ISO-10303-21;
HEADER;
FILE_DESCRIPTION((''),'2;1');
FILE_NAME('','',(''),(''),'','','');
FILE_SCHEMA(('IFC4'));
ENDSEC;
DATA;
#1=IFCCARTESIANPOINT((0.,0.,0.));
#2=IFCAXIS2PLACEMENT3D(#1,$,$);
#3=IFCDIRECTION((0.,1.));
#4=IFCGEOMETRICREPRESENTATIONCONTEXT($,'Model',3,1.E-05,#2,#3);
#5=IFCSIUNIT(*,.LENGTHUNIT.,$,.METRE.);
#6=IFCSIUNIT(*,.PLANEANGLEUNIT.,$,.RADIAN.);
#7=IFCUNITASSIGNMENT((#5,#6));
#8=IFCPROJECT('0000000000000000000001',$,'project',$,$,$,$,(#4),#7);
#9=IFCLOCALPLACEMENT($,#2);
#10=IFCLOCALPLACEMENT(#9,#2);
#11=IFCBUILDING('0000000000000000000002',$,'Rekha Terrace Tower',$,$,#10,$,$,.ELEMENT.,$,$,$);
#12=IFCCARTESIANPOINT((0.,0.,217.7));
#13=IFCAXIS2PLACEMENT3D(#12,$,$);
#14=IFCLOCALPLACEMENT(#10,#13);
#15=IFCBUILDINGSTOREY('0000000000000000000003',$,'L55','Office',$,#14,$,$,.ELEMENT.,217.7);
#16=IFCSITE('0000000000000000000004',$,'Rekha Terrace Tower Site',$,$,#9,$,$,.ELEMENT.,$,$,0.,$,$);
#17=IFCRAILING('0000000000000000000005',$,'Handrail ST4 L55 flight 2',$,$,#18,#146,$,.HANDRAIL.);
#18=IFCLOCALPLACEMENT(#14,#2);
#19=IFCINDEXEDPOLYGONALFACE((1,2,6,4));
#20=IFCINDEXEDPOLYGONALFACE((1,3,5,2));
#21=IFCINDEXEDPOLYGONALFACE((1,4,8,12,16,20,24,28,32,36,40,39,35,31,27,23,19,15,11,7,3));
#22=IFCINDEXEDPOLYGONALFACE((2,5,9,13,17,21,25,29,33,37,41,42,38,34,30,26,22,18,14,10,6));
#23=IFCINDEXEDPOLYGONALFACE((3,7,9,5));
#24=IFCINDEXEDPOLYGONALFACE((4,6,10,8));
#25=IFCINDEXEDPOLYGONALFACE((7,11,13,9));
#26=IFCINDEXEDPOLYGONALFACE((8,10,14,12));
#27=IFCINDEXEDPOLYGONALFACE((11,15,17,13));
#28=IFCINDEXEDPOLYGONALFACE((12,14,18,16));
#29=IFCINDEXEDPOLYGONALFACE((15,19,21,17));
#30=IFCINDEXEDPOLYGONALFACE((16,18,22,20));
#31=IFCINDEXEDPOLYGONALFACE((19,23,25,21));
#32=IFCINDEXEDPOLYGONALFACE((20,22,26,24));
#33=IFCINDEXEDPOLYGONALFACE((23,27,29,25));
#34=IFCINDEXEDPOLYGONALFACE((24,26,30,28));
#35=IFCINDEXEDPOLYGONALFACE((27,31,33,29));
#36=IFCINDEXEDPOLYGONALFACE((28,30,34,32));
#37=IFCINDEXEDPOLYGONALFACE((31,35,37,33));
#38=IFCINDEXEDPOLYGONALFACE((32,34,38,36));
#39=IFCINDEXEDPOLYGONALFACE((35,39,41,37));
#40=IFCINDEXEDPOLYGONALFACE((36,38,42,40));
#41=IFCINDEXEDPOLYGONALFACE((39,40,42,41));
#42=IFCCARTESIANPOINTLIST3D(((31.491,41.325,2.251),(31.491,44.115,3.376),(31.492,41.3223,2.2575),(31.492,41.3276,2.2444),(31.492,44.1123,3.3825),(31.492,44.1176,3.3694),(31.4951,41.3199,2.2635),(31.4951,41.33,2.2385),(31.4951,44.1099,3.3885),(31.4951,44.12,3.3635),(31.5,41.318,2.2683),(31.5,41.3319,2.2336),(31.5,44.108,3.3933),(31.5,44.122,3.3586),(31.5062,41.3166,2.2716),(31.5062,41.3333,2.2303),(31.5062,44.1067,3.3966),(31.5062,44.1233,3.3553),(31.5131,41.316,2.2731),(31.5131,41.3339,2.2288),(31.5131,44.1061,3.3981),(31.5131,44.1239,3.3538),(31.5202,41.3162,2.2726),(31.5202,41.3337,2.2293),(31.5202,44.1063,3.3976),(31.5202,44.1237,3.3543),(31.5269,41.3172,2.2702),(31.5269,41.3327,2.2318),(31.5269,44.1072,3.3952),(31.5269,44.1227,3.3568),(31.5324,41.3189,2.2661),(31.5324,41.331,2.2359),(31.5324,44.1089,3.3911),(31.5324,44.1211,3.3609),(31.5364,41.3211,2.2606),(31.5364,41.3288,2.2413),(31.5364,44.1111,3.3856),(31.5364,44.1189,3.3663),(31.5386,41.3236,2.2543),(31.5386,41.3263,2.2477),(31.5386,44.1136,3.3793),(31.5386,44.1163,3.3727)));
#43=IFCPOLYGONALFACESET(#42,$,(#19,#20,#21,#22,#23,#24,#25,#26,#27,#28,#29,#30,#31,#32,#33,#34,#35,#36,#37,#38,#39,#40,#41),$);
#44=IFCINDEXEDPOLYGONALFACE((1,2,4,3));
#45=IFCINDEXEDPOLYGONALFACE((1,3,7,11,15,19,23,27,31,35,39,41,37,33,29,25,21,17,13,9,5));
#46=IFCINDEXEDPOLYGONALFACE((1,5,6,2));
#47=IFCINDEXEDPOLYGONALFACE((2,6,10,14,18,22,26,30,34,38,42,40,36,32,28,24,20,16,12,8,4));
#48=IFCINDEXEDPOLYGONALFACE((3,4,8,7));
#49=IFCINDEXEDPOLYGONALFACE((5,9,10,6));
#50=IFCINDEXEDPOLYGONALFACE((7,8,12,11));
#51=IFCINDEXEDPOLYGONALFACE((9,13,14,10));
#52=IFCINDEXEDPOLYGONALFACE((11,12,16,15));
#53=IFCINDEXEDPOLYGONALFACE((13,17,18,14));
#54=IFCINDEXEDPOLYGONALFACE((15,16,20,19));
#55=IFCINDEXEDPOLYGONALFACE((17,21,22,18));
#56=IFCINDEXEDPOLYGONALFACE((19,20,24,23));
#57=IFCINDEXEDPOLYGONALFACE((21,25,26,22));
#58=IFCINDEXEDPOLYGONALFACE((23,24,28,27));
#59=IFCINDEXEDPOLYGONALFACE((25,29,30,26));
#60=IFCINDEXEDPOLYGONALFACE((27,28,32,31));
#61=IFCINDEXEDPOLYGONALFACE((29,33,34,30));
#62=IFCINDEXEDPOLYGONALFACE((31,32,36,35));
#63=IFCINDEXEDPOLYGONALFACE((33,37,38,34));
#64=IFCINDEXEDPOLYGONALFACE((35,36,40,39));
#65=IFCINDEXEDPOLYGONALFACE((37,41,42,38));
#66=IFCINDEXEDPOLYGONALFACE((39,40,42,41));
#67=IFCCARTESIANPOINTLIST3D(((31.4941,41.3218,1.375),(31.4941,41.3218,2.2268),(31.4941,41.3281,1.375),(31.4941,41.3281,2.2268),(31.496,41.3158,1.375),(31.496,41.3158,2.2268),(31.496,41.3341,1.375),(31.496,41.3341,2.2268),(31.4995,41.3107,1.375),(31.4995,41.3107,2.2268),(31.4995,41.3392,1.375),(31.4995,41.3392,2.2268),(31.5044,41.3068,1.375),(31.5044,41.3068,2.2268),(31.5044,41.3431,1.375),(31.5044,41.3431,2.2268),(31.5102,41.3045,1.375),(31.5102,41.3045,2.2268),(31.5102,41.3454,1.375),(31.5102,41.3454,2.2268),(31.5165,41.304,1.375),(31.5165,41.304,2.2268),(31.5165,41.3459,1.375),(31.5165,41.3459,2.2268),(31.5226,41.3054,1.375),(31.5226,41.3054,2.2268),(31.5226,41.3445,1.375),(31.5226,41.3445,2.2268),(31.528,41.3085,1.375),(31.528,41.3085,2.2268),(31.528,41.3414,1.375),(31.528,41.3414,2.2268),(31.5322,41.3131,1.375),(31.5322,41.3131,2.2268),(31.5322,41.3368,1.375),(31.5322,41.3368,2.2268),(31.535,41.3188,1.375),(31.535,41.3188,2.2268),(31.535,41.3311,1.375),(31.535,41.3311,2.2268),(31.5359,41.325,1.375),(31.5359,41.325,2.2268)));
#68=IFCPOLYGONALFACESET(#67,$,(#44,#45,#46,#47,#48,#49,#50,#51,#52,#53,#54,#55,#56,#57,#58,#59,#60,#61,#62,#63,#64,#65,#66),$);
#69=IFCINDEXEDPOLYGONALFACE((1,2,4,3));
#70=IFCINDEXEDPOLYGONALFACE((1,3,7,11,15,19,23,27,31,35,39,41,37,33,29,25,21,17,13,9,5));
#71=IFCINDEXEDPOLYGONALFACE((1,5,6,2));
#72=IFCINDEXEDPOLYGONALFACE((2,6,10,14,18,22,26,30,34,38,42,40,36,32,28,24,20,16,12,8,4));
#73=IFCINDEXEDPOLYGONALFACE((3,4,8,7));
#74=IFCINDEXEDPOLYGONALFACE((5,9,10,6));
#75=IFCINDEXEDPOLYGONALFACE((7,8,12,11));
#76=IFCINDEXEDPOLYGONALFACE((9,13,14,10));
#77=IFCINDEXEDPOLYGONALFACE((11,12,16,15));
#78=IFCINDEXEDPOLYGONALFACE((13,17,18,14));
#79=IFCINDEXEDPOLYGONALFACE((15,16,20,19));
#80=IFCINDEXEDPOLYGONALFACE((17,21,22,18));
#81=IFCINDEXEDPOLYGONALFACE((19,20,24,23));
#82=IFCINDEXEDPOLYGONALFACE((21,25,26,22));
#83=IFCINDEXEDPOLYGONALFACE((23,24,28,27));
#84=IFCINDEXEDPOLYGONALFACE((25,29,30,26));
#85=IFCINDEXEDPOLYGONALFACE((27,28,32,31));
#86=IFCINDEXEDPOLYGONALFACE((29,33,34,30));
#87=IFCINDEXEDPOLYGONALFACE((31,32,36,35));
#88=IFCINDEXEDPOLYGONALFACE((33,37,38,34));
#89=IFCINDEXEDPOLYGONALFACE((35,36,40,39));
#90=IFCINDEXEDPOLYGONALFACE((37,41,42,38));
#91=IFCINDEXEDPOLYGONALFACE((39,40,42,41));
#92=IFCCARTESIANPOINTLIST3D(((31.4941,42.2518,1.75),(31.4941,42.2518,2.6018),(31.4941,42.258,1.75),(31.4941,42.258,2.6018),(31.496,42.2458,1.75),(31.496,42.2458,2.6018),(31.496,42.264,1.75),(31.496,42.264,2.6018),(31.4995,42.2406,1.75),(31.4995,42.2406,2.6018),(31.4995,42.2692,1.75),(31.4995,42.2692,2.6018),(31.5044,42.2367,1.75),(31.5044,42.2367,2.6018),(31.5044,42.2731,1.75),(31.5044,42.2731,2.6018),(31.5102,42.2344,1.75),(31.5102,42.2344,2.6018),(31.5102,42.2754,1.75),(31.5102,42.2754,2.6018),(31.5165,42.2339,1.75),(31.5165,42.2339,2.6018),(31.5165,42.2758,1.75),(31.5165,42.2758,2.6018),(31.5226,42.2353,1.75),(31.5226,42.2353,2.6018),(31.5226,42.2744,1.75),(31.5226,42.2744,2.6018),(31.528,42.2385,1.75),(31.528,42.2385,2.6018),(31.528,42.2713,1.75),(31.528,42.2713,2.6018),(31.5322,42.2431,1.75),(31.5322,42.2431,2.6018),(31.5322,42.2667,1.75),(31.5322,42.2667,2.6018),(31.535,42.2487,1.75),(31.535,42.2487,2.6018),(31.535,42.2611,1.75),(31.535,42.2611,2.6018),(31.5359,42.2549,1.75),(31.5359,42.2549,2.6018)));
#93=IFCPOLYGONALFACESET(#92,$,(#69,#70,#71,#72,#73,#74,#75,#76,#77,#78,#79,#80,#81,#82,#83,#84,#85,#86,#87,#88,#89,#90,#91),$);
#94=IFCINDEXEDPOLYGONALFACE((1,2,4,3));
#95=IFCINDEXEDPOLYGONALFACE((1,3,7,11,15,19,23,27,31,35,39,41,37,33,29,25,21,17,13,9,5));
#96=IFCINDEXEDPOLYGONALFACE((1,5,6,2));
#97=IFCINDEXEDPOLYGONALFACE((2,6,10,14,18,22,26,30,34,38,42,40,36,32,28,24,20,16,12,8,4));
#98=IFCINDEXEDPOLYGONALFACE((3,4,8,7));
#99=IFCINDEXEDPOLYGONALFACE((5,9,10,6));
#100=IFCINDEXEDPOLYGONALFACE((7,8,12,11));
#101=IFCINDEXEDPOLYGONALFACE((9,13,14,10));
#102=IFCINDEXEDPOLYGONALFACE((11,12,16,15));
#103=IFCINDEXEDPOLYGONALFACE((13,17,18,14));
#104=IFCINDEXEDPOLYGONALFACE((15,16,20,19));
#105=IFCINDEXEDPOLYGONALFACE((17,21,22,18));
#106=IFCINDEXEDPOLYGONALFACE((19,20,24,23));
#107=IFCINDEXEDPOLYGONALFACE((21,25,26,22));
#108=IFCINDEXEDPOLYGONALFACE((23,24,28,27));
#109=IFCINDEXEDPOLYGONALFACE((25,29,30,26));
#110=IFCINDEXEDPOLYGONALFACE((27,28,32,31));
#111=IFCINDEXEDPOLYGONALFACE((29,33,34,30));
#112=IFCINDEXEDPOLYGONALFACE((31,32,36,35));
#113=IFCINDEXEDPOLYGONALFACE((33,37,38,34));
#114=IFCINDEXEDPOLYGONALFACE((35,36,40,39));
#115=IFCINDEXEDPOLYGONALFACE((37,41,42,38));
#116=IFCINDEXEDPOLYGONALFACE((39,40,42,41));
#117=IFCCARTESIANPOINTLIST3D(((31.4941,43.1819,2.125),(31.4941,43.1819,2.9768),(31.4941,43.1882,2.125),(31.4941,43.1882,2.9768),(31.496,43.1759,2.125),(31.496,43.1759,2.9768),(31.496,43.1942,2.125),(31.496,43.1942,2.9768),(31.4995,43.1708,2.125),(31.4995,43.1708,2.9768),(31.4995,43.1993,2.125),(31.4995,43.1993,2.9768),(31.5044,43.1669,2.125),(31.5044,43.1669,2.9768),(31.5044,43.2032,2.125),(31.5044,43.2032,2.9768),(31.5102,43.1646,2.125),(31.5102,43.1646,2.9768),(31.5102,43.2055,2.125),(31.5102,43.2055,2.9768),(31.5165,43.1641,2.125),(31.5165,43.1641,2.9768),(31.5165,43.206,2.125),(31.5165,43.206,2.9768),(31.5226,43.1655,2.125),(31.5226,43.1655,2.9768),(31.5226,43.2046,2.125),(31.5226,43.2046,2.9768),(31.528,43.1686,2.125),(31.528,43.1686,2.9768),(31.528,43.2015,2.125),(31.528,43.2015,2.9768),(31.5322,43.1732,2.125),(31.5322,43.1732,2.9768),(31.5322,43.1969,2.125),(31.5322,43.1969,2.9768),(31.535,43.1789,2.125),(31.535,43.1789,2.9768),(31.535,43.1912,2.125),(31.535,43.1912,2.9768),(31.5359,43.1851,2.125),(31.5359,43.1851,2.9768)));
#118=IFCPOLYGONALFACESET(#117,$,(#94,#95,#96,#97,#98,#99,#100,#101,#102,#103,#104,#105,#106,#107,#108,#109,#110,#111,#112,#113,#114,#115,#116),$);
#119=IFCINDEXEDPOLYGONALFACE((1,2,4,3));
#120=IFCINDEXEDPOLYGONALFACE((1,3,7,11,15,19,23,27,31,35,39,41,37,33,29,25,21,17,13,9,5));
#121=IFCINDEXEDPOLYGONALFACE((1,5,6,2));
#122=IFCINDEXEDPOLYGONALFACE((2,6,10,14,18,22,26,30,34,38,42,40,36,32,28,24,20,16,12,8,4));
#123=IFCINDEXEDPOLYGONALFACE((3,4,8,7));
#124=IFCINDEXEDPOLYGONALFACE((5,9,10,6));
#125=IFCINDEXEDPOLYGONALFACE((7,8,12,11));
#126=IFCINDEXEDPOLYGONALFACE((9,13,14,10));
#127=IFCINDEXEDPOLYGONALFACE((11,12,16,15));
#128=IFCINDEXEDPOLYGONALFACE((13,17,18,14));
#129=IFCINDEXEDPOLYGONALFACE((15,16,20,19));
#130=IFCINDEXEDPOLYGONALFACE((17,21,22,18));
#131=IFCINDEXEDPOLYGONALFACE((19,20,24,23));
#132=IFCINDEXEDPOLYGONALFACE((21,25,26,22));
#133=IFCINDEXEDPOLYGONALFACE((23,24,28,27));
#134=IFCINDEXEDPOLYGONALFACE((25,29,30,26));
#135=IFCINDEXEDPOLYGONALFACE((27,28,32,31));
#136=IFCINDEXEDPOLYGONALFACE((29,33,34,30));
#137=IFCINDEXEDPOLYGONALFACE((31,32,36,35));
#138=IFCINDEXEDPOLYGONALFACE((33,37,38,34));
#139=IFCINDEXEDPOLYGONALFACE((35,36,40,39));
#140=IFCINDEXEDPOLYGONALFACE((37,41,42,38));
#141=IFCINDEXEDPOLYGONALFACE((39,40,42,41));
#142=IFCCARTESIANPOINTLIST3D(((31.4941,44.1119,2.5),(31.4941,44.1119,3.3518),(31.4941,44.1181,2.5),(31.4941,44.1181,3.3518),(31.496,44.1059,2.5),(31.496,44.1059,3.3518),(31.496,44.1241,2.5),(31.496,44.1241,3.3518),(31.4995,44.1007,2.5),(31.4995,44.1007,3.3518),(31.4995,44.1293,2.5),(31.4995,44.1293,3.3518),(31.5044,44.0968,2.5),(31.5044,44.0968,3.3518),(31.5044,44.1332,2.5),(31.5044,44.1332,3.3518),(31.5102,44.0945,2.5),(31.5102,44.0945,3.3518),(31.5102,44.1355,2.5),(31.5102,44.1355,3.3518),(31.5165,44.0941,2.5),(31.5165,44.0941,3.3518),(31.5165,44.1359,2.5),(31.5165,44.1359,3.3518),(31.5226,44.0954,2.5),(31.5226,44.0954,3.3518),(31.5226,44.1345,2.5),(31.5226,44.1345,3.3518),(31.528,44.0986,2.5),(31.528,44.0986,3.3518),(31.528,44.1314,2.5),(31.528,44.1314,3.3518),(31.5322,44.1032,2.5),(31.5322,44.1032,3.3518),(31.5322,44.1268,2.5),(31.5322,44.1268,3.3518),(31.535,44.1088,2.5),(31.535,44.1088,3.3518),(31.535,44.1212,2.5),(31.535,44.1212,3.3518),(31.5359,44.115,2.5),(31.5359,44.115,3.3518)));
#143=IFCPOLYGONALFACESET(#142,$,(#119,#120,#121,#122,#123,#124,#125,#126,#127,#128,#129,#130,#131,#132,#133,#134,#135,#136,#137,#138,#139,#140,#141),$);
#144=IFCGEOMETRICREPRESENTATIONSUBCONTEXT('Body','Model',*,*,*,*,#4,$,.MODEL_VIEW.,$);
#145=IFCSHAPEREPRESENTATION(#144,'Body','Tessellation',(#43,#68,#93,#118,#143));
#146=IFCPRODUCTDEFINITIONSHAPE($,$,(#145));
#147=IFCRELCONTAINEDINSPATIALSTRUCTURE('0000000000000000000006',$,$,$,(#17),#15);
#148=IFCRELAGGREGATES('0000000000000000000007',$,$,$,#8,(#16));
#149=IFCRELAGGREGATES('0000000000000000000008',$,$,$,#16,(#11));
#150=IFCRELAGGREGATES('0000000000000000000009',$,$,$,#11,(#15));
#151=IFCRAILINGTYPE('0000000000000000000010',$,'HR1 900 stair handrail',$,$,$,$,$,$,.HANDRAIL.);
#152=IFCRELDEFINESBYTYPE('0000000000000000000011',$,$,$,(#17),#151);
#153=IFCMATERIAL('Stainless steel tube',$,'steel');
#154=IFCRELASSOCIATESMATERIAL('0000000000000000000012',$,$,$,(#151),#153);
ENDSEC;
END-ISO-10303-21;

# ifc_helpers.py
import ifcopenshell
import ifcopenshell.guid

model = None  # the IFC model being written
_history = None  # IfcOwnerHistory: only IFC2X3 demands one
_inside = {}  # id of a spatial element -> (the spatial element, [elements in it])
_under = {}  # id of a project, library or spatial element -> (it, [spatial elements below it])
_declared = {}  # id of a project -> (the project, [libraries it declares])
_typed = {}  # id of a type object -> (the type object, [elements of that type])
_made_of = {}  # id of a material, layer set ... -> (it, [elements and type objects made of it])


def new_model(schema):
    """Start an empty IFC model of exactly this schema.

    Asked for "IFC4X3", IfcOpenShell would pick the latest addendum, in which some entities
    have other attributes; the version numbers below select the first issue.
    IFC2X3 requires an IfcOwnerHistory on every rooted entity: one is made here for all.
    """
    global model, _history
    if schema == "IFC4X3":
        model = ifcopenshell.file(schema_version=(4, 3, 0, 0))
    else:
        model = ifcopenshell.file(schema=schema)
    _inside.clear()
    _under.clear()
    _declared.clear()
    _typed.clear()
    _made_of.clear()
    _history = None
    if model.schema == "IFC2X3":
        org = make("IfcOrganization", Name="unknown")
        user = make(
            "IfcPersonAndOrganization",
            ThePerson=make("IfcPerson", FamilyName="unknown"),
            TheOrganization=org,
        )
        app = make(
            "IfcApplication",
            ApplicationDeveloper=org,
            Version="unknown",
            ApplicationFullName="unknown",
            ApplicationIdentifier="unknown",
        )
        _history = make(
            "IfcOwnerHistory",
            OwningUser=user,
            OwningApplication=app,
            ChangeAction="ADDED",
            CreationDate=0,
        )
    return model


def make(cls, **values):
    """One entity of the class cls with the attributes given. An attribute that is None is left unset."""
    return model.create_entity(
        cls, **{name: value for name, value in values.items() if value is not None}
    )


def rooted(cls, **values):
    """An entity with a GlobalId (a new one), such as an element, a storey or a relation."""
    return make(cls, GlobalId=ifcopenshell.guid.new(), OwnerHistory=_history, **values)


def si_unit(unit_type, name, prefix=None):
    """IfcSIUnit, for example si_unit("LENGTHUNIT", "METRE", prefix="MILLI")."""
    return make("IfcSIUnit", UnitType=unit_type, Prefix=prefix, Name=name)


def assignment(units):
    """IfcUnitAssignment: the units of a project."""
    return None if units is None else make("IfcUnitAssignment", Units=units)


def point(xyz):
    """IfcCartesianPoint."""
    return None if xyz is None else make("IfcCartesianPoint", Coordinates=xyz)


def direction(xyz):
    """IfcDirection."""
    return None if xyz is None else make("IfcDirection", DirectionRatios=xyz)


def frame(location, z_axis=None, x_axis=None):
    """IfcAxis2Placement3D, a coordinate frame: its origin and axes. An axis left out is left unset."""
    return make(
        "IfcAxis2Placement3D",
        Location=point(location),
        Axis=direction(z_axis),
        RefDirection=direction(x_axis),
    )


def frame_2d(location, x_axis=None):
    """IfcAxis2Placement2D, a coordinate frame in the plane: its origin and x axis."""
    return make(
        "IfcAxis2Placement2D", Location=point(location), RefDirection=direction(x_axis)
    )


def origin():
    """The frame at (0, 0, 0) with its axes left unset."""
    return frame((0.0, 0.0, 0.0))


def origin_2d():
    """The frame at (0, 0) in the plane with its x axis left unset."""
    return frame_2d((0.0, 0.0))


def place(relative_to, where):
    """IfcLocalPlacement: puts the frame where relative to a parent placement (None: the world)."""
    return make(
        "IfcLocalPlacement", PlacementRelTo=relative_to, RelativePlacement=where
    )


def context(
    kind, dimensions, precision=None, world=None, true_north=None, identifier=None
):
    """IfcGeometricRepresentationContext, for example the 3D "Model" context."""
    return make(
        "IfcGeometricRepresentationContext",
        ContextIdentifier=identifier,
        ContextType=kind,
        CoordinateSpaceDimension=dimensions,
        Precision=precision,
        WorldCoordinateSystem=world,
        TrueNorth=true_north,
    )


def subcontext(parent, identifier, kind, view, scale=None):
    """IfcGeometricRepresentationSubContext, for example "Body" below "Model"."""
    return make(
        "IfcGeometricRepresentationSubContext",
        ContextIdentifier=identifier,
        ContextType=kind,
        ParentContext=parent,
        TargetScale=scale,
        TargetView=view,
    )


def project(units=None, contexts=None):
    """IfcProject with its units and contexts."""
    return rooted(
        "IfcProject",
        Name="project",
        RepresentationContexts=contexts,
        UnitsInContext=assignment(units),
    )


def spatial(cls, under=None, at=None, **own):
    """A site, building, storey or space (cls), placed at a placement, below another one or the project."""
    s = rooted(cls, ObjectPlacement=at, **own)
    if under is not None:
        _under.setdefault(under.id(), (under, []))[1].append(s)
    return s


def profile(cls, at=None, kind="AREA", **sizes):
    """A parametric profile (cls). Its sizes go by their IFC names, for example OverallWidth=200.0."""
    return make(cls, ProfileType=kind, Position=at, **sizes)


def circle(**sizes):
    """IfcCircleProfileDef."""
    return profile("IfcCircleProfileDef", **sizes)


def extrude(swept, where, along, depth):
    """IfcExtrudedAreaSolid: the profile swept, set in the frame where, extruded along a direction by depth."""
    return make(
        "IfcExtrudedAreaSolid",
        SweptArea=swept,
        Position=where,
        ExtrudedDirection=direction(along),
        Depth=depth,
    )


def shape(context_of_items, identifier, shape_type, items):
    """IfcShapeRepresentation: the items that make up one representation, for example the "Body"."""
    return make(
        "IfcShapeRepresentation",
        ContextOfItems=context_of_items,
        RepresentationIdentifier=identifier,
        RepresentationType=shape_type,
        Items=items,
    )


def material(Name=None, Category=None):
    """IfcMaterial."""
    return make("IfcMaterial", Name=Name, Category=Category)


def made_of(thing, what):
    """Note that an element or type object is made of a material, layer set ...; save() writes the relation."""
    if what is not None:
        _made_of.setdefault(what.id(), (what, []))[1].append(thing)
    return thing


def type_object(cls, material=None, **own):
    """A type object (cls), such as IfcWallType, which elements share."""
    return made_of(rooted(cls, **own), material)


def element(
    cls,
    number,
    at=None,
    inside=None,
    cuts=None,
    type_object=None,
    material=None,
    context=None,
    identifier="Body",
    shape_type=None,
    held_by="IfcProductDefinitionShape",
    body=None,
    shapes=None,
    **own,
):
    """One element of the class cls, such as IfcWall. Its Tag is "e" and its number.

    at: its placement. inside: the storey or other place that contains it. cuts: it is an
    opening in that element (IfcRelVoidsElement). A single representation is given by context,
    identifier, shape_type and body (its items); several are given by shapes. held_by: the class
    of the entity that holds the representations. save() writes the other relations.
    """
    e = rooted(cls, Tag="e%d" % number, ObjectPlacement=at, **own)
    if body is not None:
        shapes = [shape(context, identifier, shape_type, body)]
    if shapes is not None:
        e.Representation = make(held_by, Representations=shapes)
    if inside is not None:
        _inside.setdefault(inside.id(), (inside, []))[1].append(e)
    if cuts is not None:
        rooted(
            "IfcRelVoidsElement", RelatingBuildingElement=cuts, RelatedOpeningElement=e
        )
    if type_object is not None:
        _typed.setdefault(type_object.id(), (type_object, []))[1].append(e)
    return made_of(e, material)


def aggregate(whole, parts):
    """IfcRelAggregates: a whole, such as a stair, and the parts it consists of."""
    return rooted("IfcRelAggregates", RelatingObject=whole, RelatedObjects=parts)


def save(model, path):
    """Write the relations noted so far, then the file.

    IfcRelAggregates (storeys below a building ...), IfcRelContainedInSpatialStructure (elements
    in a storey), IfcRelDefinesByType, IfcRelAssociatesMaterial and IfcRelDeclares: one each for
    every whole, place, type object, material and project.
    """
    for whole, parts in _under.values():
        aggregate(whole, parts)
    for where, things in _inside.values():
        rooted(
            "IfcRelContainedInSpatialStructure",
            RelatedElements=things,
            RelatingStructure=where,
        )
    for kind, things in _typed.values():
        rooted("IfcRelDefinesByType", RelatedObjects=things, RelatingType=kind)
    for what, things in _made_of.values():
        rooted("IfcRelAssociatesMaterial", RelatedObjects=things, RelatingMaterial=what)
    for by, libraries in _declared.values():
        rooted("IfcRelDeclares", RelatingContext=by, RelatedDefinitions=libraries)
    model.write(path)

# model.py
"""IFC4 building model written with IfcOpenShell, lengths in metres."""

from ifc_helpers import new_model, si_unit, direction, frame, origin, origin_2d, place, context, subcontext, project, spatial, circle, extrude, material, type_object, element, save


model = new_model("IFC4")

# Units and contexts
model_context = context("Model", 3, precision=1e-05, world=origin(), true_north=direction((0.0, 1.0)))
body_context = subcontext(model_context, "Body", "Model", "MODEL_VIEW")
ifc_project = project(units=[si_unit("LENGTHUNIT", "METRE"), si_unit("PLANEANGLEUNIT", "RADIAN")], contexts=[model_context])

# Site, building, storey
site_placement = place(None, origin())
site = spatial("IfcSite", under=ifc_project, at=site_placement, Name="Rekha Terrace Tower Site", CompositionType="ELEMENT", RefElevation=0.0)
building_placement = place(site_placement, origin())
building = spatial("IfcBuilding", under=site, at=building_placement, Name="Rekha Terrace Tower", CompositionType="ELEMENT")
storey_placement = place(building_placement, frame((0.0, 0.0, 217.7)))
storey = spatial("IfcBuildingStorey", under=building, at=storey_placement, Name="L55", Description="Office", CompositionType="ELEMENT", Elevation=217.7)

# Railing
ifc_material_1 = material(Name="Stainless steel tube", Category="steel")
railing_type_1 = type_object("IfcRailingType", Name="HR1 900 stair handrail", PredefinedType="HANDRAIL", material=ifc_material_1)
for number, where, name in (
    (1, (31.5149, 41.325, 1.375), "Handrail ST4 L55 flight 2"),
):
    element("IfcRailing", number, at=place(storey_placement, frame(where)), inside=storey, type_object=railing_type_1, Name=name, PredefinedType="HANDRAIL", context=body_context, shape_type="SweptSolid", body=[
        extrude(circle(Radius=0.0239, at=origin_2d()), frame((0.0, 0.0, 0.876), z_axis=(0.0, 0.927443, 0.373964), x_axis=(-1.0, 0.0, 0.0)), (0.0, 0.0, 1.0), 3.0083),
        extrude(circle(Radius=0.021, at=origin_2d()), origin(), (0.0, 0.0, 1.0), 0.8518),
        extrude(circle(Radius=0.021, at=origin_2d()), frame((0.0, 0.9299, 0.375)), (0.0, 0.0, 1.0), 0.8518),
        extrude(circle(Radius=0.021, at=origin_2d()), frame((0.0, 1.8601, 0.75)), (0.0, 0.0, 1.0), 0.8518),
        extrude(circle(Radius=0.021, at=origin_2d()), frame((0.0, 2.79, 1.125)), (0.0, 0.0, 1.0), 0.8518),
    ])

save(model, "model.ifc")
